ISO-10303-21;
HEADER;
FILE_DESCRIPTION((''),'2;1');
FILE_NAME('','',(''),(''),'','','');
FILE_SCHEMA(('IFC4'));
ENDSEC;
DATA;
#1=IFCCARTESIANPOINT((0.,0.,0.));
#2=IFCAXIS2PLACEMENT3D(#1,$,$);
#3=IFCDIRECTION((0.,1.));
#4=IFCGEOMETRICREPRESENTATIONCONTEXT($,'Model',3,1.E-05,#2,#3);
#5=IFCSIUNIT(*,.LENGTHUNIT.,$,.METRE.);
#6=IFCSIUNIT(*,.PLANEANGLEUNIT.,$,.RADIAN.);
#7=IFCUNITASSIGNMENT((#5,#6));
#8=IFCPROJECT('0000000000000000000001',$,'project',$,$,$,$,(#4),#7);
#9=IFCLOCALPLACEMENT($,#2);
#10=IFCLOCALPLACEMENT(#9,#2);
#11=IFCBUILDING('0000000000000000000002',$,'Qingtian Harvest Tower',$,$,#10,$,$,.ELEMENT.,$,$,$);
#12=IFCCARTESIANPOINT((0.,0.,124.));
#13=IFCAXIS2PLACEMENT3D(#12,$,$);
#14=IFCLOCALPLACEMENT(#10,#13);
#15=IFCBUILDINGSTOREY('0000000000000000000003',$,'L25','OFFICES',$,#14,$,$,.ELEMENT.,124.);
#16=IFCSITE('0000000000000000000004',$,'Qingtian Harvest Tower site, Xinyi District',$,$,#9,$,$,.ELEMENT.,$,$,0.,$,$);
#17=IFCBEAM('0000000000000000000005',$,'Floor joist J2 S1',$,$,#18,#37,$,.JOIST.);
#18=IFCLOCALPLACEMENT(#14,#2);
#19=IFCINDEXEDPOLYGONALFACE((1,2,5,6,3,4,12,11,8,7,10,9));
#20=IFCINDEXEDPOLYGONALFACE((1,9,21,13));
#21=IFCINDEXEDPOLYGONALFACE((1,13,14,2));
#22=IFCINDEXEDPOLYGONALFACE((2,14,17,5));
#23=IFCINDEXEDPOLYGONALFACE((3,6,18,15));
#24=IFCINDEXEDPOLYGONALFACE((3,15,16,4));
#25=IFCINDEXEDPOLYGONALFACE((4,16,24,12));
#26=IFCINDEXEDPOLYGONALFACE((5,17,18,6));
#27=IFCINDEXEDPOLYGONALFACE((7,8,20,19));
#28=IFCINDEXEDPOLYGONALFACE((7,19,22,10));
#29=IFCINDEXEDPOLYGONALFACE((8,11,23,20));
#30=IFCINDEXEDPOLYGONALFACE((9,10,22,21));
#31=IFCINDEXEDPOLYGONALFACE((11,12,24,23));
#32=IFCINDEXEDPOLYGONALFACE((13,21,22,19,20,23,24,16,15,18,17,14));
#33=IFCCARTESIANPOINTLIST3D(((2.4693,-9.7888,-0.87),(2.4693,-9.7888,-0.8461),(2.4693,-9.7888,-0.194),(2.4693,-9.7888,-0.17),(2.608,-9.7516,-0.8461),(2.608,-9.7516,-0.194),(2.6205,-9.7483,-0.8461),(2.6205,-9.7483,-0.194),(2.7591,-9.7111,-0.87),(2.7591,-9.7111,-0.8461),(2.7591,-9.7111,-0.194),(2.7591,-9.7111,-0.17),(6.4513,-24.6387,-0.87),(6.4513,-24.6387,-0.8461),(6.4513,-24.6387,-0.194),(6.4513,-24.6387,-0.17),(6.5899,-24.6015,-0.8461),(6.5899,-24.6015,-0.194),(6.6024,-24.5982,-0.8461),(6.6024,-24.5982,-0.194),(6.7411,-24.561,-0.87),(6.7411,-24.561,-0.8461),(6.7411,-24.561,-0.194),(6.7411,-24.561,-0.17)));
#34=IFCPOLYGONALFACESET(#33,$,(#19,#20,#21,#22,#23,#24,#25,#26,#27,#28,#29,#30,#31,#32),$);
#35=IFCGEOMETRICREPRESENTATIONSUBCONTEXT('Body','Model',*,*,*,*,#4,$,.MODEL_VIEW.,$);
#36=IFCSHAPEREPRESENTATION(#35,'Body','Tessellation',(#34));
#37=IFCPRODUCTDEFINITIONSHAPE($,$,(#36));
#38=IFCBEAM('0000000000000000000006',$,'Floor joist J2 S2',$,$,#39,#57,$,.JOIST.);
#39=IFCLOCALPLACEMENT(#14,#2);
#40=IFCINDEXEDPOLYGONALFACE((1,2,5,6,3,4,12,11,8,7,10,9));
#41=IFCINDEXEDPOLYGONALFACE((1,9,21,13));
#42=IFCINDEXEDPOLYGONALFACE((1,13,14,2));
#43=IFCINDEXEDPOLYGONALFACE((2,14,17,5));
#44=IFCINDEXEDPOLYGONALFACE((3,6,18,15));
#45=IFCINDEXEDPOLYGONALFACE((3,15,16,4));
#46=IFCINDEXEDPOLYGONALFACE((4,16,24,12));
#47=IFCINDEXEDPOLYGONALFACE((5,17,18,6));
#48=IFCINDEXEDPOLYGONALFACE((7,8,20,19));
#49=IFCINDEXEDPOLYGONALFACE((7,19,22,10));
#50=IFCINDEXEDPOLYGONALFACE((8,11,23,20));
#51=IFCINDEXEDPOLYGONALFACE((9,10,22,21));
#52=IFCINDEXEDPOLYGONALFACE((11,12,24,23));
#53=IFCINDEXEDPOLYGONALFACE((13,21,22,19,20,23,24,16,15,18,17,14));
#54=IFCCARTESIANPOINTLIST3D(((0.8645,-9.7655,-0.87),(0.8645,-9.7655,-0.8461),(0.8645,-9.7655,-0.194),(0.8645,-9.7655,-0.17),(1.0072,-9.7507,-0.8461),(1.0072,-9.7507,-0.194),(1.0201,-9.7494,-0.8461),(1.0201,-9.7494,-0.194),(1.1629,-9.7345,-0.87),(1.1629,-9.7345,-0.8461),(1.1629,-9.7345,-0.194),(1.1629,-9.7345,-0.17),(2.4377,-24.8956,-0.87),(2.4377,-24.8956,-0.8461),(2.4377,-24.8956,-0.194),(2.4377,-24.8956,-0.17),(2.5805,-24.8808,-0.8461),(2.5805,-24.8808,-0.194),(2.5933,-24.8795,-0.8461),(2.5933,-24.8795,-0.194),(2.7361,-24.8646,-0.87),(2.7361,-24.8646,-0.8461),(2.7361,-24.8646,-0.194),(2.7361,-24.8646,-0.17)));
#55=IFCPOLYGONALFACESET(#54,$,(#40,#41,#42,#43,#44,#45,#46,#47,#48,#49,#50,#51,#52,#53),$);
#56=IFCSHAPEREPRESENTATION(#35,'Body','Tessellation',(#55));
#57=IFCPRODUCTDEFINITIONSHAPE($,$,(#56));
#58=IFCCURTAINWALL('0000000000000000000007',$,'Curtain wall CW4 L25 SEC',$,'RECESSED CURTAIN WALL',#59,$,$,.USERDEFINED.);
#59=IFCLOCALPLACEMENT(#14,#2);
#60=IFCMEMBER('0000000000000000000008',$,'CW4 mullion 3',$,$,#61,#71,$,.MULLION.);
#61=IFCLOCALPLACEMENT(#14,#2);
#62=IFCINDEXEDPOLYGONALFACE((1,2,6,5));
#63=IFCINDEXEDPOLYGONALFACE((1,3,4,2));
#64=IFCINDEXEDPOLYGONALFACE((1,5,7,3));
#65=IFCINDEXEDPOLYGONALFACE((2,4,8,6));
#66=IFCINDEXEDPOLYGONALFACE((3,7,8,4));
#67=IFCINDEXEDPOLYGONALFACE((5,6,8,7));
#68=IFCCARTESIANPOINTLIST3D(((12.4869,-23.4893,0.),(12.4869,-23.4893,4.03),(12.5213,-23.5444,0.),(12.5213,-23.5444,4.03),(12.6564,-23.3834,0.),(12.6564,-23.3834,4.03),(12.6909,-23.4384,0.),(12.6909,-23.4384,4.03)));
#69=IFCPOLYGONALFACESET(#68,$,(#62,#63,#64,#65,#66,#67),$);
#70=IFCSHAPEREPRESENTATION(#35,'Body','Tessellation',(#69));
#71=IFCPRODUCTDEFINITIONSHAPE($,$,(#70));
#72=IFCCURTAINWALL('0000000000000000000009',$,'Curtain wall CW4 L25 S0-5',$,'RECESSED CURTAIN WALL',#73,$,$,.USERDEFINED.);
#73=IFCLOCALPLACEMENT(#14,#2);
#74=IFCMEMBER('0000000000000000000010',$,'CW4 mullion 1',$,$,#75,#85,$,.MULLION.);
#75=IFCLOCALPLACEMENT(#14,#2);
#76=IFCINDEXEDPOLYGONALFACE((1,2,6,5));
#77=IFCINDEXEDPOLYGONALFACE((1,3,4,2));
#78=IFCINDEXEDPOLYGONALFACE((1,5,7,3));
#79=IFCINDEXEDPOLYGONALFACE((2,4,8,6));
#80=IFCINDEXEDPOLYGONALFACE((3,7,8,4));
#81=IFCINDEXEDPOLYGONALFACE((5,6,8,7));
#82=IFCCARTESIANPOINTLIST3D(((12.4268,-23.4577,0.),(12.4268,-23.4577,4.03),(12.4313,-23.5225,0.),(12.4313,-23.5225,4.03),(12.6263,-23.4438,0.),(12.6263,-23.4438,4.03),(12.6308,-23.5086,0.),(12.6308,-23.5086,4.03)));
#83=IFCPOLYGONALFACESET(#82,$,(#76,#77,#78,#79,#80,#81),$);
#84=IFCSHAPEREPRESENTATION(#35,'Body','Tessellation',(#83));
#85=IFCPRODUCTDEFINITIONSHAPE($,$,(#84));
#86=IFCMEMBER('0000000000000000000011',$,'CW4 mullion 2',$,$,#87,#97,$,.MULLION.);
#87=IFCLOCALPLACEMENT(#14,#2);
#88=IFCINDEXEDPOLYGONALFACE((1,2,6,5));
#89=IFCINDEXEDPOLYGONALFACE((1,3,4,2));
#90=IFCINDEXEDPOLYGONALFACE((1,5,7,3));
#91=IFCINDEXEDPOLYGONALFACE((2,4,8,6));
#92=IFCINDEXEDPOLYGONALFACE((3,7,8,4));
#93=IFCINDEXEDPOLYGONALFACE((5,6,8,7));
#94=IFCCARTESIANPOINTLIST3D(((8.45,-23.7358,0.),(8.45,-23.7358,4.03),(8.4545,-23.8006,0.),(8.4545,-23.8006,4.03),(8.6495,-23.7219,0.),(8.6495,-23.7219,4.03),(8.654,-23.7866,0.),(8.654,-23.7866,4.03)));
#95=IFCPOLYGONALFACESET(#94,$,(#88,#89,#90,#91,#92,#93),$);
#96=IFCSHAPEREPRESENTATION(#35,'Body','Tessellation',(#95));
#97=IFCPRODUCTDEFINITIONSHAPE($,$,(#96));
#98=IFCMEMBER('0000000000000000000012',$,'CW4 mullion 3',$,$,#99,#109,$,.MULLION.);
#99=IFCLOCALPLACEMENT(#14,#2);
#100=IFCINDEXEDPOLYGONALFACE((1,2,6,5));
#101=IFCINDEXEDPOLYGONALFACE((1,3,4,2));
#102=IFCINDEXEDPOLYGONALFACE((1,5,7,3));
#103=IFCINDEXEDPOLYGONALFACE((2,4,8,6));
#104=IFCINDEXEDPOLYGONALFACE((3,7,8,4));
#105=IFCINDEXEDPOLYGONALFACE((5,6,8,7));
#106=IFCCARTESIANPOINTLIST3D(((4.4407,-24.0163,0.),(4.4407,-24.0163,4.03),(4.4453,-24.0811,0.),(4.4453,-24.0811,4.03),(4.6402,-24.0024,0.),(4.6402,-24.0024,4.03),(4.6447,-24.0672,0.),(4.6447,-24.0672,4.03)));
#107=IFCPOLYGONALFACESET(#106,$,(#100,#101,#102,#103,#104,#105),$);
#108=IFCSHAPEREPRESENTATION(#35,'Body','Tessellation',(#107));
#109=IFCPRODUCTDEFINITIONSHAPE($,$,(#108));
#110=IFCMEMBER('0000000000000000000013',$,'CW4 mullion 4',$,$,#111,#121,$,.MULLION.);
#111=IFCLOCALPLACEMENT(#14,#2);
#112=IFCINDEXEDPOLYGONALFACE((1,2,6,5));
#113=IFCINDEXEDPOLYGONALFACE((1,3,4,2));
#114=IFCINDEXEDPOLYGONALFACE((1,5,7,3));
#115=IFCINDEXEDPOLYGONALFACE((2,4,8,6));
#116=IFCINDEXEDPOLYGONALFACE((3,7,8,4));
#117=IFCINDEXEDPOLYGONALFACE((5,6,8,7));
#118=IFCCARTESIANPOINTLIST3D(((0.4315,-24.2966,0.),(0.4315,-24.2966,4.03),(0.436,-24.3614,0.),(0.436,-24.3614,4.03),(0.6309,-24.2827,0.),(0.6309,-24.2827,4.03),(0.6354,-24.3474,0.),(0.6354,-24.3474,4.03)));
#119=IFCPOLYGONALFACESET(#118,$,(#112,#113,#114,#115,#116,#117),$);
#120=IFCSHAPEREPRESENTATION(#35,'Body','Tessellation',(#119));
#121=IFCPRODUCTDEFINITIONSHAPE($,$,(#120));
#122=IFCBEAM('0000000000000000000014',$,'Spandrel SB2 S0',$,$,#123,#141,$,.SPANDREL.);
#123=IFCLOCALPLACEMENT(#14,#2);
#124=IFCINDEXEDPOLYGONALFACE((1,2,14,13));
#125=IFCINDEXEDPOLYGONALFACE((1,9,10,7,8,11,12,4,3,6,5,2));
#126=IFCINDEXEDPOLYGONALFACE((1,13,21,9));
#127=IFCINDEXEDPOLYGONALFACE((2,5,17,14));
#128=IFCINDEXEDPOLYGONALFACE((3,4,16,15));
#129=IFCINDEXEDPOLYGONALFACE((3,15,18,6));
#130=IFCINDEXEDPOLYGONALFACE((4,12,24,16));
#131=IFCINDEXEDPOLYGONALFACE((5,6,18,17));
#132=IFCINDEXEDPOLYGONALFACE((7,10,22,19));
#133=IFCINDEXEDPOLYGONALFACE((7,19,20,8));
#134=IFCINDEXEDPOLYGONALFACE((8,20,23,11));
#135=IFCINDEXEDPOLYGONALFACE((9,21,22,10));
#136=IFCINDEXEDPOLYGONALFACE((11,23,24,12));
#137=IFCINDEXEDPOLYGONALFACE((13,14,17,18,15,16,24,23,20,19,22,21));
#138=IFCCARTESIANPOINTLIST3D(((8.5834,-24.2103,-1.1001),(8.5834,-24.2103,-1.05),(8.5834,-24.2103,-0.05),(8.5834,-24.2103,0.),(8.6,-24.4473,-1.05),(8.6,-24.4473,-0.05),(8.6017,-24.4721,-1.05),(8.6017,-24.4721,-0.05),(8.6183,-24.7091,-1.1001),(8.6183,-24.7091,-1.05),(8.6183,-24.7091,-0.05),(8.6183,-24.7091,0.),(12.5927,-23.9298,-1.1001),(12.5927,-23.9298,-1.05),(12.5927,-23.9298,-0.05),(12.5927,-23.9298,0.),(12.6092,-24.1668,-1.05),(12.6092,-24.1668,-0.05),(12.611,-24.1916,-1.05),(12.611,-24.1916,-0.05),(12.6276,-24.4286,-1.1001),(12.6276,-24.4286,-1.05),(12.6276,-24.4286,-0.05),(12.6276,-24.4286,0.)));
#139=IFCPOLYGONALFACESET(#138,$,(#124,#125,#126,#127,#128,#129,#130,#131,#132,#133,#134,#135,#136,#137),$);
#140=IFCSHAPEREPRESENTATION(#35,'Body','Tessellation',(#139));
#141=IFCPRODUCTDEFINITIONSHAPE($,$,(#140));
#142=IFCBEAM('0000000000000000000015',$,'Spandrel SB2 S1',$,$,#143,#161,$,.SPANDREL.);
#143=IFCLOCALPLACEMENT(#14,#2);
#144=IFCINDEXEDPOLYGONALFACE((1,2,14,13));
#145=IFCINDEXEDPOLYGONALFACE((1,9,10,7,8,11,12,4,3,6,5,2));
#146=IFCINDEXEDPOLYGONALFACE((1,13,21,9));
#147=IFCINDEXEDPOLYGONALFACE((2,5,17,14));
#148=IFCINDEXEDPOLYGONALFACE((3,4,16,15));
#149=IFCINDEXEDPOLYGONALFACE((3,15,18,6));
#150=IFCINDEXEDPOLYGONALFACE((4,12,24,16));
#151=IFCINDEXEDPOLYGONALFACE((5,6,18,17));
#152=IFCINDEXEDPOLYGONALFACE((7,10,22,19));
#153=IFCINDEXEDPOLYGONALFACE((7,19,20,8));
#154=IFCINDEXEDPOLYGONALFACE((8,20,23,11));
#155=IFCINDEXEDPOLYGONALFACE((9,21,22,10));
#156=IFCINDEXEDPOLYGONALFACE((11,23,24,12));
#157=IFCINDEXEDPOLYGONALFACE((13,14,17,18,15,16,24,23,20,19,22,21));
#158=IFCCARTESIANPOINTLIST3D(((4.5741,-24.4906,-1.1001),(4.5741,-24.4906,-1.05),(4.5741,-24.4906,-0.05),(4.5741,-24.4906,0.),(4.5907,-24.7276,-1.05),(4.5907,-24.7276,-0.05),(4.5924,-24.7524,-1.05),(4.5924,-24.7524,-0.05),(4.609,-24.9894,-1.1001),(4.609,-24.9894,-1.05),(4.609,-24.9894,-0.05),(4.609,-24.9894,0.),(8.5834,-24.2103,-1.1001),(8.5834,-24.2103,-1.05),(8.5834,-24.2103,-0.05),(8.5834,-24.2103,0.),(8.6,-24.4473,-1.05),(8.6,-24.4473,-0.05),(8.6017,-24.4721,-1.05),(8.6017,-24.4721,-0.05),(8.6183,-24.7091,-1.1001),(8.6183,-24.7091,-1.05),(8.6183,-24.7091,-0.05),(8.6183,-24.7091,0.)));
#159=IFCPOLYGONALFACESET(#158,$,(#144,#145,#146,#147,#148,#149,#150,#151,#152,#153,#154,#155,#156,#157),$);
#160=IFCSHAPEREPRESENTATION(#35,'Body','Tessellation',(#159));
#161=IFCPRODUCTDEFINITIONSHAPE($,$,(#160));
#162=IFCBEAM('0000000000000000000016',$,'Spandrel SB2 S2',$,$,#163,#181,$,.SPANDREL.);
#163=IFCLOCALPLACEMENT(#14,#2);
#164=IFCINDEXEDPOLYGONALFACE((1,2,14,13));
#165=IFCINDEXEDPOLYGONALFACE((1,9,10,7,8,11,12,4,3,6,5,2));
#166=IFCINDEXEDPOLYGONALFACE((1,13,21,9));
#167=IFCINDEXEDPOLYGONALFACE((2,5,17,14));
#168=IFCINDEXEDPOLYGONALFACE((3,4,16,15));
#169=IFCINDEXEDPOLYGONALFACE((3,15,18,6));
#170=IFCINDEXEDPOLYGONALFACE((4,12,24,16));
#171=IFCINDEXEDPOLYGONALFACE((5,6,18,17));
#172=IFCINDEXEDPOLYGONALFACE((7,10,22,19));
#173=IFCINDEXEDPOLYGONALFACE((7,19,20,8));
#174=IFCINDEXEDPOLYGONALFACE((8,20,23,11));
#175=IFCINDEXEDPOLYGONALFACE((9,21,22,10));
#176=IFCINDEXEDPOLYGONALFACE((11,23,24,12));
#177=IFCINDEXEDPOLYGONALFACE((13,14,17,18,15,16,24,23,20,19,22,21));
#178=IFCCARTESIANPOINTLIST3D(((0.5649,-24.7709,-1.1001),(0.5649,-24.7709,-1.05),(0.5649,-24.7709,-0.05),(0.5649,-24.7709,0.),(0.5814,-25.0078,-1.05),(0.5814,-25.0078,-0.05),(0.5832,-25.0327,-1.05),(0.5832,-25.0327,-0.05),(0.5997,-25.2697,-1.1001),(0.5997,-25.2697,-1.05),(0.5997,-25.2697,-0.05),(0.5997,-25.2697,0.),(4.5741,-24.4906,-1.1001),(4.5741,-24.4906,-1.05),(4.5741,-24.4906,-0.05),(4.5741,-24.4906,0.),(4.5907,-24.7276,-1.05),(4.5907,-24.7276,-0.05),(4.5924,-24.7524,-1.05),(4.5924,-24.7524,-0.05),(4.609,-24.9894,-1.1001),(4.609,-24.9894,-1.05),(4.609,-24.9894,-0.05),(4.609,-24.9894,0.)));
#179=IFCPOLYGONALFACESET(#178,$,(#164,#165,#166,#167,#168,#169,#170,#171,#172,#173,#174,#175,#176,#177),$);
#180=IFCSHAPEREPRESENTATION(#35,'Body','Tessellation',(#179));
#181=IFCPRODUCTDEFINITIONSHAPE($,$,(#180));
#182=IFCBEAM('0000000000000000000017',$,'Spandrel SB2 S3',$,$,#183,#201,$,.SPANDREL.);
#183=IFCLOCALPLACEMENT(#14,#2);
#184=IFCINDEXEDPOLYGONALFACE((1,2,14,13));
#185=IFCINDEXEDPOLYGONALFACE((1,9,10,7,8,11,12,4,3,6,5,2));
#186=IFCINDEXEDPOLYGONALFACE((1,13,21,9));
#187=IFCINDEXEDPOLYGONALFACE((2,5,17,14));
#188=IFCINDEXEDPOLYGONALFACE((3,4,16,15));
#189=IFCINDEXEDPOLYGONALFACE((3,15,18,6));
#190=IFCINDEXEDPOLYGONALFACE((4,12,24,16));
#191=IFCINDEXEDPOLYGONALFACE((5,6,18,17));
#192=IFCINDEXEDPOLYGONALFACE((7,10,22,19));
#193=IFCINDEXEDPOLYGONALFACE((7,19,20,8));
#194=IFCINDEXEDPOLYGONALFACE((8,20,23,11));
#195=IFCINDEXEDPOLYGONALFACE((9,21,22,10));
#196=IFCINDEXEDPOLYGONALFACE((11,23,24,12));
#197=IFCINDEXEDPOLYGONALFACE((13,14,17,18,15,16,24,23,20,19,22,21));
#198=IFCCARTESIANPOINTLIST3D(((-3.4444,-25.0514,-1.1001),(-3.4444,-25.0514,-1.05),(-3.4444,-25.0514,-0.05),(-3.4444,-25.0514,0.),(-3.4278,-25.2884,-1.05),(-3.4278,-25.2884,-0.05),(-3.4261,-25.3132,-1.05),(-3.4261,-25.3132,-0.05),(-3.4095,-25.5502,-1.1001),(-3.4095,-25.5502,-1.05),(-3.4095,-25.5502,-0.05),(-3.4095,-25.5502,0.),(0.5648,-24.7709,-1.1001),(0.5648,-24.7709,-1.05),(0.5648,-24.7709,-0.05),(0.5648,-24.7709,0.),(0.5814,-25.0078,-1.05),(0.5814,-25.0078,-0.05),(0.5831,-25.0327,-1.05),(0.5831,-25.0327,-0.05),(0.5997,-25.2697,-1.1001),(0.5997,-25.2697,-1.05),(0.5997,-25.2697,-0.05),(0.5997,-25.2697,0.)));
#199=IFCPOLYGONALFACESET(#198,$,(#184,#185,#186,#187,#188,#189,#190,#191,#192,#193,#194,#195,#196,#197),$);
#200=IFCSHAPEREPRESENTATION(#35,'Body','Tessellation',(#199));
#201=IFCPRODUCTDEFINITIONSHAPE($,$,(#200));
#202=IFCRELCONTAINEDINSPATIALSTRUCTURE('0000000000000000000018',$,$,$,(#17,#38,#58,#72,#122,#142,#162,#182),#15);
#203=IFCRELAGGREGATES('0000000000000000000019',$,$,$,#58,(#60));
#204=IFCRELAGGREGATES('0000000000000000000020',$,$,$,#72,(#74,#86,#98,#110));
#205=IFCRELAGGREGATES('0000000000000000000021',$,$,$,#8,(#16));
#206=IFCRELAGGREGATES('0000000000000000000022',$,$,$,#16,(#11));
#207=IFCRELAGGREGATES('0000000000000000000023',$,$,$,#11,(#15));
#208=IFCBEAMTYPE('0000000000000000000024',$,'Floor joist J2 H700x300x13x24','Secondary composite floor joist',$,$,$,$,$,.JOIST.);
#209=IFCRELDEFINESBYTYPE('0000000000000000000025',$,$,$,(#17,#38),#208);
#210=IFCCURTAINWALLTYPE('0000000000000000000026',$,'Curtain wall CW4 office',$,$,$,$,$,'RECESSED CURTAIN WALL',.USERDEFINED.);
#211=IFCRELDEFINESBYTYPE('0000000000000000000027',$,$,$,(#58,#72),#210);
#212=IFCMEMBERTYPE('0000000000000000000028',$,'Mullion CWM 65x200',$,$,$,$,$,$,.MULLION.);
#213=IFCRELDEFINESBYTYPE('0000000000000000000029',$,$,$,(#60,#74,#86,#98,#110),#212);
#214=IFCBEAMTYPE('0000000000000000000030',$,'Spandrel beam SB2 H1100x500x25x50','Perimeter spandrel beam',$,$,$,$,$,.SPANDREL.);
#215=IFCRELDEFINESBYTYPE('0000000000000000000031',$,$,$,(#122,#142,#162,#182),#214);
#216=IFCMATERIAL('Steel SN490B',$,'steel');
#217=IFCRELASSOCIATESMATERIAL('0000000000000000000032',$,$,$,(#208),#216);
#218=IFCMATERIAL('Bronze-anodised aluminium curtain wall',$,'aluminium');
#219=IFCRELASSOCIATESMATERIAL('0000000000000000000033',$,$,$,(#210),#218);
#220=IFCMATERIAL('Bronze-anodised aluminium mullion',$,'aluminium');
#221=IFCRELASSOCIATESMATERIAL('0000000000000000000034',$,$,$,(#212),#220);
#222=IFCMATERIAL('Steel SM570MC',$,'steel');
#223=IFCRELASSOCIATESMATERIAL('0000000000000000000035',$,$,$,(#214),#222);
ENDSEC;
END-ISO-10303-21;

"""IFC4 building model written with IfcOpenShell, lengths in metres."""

from ifc_helpers import new_model, si_unit, direction, frame, origin, origin_2d, place, context, subcontext, project, spatial, rectangle, i_section, extrude, material, material_profile, profile_set, type_object, element, aggregate, save


model = new_model("IFC4")

# Units and contexts
model_context = context("Model", 3, precision=1e-05, world=origin(), true_north=direction((0.0, 1.0)))
body_context = subcontext(model_context, "Body", "Model", "MODEL_VIEW")
ifc_project = project(units=[si_unit("LENGTHUNIT", "METRE"), si_unit("PLANEANGLEUNIT", "RADIAN")], contexts=[model_context])

# Site, building, storey
site_placement = place(None, origin())
site = spatial("IfcSite", under=ifc_project, at=site_placement, Name="Qingtian Harvest Tower site, Xinyi District", CompositionType="ELEMENT", RefElevation=0.0)
building_placement = place(site_placement, origin())
building = spatial("IfcBuilding", under=site, at=building_placement, Name="Qingtian Harvest Tower", CompositionType="ELEMENT")
storey_placement = place(building_placement, frame((0.0, 0.0, 124.0)))
storey = spatial("IfcBuildingStorey", under=building, at=storey_placement, Name="L25", Description="OFFICES", CompositionType="ELEMENT", Elevation=124.0)

# Beams
ifc_material_1 = material(Name="Steel SN490B", Category="steel")
ifc_material_profile_1 = material_profile(ifc_material_1, i_section(OverallWidth=0.3, OverallDepth=0.7, WebThickness=0.0129, FlangeThickness=0.0239, at=origin_2d()), Name="H700x300x13x24")
ifc_profile_set_1 = profile_set([ifc_material_profile_1], Name="Steel SN490B")
beam_type_1 = type_object("IfcBeamType", Name="Floor joist J2 H700x300x13x24", Description="Secondary composite floor joist", PredefinedType="JOIST", material=ifc_profile_set_1)
beam_1_placement = place(storey_placement, frame((6.5962, -24.5999, -0.52), z_axis=(-0.258997, 0.965878, 0.0), x_axis=(-0.965878, -0.258997, 0.0)))
element("IfcBeam", 1, at=beam_1_placement, inside=storey, type_object=beam_type_1, Name="Floor joist J2 S1", PredefinedType="JOIST", context=body_context, shape_type="SweptSolid", body=[
    extrude(i_section(OverallWidth=0.3, OverallDepth=0.7, WebThickness=0.0129, FlangeThickness=0.0239, at=origin_2d()), origin(), (0.0, 0.0, 1.0), 15.3745),
])
beam_2_placement = place(storey_placement, frame((2.5869, -24.8801, -0.52), z_axis=(-0.103423, 0.994637, 0.0), x_axis=(-0.994637, -0.103423, 0.0)))
element("IfcBeam", 2, at=beam_2_placement, inside=storey, type_object=beam_type_1, Name="Floor joist J2 S2", PredefinedType="JOIST", context=body_context, shape_type="SweptSolid", body=[
    extrude(i_section(OverallWidth=0.3, OverallDepth=0.7, WebThickness=0.0129, FlangeThickness=0.0239, at=origin_2d()), origin(), (0.0, 0.0, 1.0), 15.2117),
])

# Curtain wall, member
ifc_material_2 = material(Name="Bronze-anodised aluminium curtain wall", Category="aluminium")
curtain_wall_type = type_object("IfcCurtainWallType", Name="Curtain wall CW4 office", ElementType="RECESSED CURTAIN WALL", PredefinedType="USERDEFINED", material=ifc_material_2)
curtain_wall_1_placement = place(storey_placement, origin())
curtain_wall_1 = element("IfcCurtainWall", 3, at=curtain_wall_1_placement, inside=storey, type_object=curtain_wall_type, Name="Curtain wall CW4 L25 SEC", ObjectType="RECESSED CURTAIN WALL", PredefinedType="USERDEFINED")
ifc_material_3 = material(Name="Bronze-anodised aluminium mullion", Category="aluminium")
ifc_material_profile_2 = material_profile(ifc_material_3, rectangle(XDim=0.0649, YDim=0.2, at=origin_2d()), Name="AL 65x200")
ifc_profile_set_2 = profile_set([ifc_material_profile_2], Name="Bronze-anodised aluminium mullion")
member_type_1 = type_object("IfcMemberType", Name="Mullion CWM 65x200", PredefinedType="MULLION", material=ifc_profile_set_2)
member_1_placement = place(storey_placement, frame((12.5889, -23.4639, 0.0), z_axis=(0.0, 0.0, 1.0), x_axis=(0.529919, -0.848048, 0.0)))
member_1 = element("IfcMember", 4, at=member_1_placement, type_object=member_type_1, Name="CW4 mullion 3", PredefinedType="MULLION", context=body_context, shape_type="SweptSolid", body=[
    extrude(rectangle(XDim=0.0649, YDim=0.2, at=origin_2d()), origin(), (0.0, 0.0, 1.0), 4.03),
])
aggregate(curtain_wall_1, [member_1])

# Curtain wall, members
curtain_wall_2_placement = place(storey_placement, origin())
curtain_wall_2 = element("IfcCurtainWall", 5, at=curtain_wall_2_placement, inside=storey, type_object=curtain_wall_type, Name="Curtain wall CW4 L25 S0-5", ObjectType="RECESSED CURTAIN WALL", PredefinedType="USERDEFINED")
member_2_placement = place(storey_placement, frame((12.5288, -23.4832, 0.0), z_axis=(0.0, 0.0, 1.0), x_axis=(0.069756, -0.997564, 0.0)))
member_2 = element("IfcMember", 6, at=member_2_placement, type_object=member_type_1, Name="CW4 mullion 1", PredefinedType="MULLION", context=body_context, shape_type="SweptSolid", body=[
    extrude(rectangle(XDim=0.0649, YDim=0.2, at=origin_2d()), origin(), (0.0, 0.0, 1.0), 4.03),
])
member_3_placement = place(storey_placement, frame((8.552, -23.7612, 0.0), z_axis=(0.0, 0.0, 1.0), x_axis=(0.069756, -0.997564, 0.0)))
member_3 = element("IfcMember", 7, at=member_3_placement, type_object=member_type_1, Name="CW4 mullion 2", PredefinedType="MULLION", context=body_context, shape_type="SweptSolid", body=[
    extrude(rectangle(XDim=0.0649, YDim=0.2, at=origin_2d()), origin(), (0.0, 0.0, 1.0), 4.03),
])
member_4_placement = place(storey_placement, frame((4.5427, -24.0417, 0.0), z_axis=(0.0, 0.0, 1.0), x_axis=(0.069756, -0.997564, 0.0)))
member_4 = element("IfcMember", 8, at=member_4_placement, type_object=member_type_1, Name="CW4 mullion 3", PredefinedType="MULLION", context=body_context, shape_type="SweptSolid", body=[
    extrude(rectangle(XDim=0.0649, YDim=0.2, at=origin_2d()), origin(), (0.0, 0.0, 1.0), 4.03),
])
member_5_placement = place(storey_placement, frame((0.5334, -24.322, 0.0), z_axis=(0.0, 0.0, 1.0), x_axis=(0.069756, -0.997564, 0.0)))
member_5 = element("IfcMember", 9, at=member_5_placement, type_object=member_type_1, Name="CW4 mullion 4", PredefinedType="MULLION", context=body_context, shape_type="SweptSolid", body=[
    extrude(rectangle(XDim=0.0649, YDim=0.2, at=origin_2d()), origin(), (0.0, 0.0, 1.0), 4.03),
])

# Beams
ifc_material_4 = material(Name="Steel SM570MC", Category="steel")
ifc_material_profile_3 = material_profile(ifc_material_4, i_section(OverallWidth=0.5, OverallDepth=1.1001, WebThickness=0.0249, FlangeThickness=0.05, at=origin_2d()), Name="H1100x500x25x50")
ifc_profile_set_3 = profile_set([ifc_material_profile_3], Name="Steel SM570MC")
beam_type_2 = type_object("IfcBeamType", Name="Spandrel beam SB2 H1100x500x25x50", Description="Perimeter spandrel beam", PredefinedType="SPANDREL", material=ifc_profile_set_3)
for number, where, z_axis, x_axis, name in (
    (10, (12.6101, -24.1792, -0.55), (-0.997561, -0.069796, 0.0), (0.069796, -0.997561, 0.0), "Spandrel SB2 S0"),
    (11, (8.6008, -24.4597, -0.55), (-0.997565, -0.069736, 0.0), (0.069736, -0.997565, 0.0), "Spandrel SB2 S1"),
    (12, (4.5916, -24.74, -0.55), (-0.997565, -0.069736, 0.0), (0.069736, -0.997565, 0.0), "Spandrel SB2 S2"),
    (13, (0.5823, -25.0203, -0.55), (-0.997561, -0.069796, 0.0), (0.069796, -0.997561, 0.0), "Spandrel SB2 S3"),
):
    element("IfcBeam", number, at=place(storey_placement, frame(where, z_axis=z_axis, x_axis=x_axis)), inside=storey, type_object=beam_type_2, Name=name, PredefinedType="SPANDREL", context=body_context, shape_type="SweptSolid", body=[
        extrude(i_section(OverallWidth=0.5, OverallDepth=1.1001, WebThickness=0.0249, FlangeThickness=0.05, at=origin_2d()), origin(), (0.0, 0.0, 1.0), 4.019),
    ])

aggregate(curtain_wall_2, [member_2, member_3, member_4, member_5])

save(model, "model.ifc")
